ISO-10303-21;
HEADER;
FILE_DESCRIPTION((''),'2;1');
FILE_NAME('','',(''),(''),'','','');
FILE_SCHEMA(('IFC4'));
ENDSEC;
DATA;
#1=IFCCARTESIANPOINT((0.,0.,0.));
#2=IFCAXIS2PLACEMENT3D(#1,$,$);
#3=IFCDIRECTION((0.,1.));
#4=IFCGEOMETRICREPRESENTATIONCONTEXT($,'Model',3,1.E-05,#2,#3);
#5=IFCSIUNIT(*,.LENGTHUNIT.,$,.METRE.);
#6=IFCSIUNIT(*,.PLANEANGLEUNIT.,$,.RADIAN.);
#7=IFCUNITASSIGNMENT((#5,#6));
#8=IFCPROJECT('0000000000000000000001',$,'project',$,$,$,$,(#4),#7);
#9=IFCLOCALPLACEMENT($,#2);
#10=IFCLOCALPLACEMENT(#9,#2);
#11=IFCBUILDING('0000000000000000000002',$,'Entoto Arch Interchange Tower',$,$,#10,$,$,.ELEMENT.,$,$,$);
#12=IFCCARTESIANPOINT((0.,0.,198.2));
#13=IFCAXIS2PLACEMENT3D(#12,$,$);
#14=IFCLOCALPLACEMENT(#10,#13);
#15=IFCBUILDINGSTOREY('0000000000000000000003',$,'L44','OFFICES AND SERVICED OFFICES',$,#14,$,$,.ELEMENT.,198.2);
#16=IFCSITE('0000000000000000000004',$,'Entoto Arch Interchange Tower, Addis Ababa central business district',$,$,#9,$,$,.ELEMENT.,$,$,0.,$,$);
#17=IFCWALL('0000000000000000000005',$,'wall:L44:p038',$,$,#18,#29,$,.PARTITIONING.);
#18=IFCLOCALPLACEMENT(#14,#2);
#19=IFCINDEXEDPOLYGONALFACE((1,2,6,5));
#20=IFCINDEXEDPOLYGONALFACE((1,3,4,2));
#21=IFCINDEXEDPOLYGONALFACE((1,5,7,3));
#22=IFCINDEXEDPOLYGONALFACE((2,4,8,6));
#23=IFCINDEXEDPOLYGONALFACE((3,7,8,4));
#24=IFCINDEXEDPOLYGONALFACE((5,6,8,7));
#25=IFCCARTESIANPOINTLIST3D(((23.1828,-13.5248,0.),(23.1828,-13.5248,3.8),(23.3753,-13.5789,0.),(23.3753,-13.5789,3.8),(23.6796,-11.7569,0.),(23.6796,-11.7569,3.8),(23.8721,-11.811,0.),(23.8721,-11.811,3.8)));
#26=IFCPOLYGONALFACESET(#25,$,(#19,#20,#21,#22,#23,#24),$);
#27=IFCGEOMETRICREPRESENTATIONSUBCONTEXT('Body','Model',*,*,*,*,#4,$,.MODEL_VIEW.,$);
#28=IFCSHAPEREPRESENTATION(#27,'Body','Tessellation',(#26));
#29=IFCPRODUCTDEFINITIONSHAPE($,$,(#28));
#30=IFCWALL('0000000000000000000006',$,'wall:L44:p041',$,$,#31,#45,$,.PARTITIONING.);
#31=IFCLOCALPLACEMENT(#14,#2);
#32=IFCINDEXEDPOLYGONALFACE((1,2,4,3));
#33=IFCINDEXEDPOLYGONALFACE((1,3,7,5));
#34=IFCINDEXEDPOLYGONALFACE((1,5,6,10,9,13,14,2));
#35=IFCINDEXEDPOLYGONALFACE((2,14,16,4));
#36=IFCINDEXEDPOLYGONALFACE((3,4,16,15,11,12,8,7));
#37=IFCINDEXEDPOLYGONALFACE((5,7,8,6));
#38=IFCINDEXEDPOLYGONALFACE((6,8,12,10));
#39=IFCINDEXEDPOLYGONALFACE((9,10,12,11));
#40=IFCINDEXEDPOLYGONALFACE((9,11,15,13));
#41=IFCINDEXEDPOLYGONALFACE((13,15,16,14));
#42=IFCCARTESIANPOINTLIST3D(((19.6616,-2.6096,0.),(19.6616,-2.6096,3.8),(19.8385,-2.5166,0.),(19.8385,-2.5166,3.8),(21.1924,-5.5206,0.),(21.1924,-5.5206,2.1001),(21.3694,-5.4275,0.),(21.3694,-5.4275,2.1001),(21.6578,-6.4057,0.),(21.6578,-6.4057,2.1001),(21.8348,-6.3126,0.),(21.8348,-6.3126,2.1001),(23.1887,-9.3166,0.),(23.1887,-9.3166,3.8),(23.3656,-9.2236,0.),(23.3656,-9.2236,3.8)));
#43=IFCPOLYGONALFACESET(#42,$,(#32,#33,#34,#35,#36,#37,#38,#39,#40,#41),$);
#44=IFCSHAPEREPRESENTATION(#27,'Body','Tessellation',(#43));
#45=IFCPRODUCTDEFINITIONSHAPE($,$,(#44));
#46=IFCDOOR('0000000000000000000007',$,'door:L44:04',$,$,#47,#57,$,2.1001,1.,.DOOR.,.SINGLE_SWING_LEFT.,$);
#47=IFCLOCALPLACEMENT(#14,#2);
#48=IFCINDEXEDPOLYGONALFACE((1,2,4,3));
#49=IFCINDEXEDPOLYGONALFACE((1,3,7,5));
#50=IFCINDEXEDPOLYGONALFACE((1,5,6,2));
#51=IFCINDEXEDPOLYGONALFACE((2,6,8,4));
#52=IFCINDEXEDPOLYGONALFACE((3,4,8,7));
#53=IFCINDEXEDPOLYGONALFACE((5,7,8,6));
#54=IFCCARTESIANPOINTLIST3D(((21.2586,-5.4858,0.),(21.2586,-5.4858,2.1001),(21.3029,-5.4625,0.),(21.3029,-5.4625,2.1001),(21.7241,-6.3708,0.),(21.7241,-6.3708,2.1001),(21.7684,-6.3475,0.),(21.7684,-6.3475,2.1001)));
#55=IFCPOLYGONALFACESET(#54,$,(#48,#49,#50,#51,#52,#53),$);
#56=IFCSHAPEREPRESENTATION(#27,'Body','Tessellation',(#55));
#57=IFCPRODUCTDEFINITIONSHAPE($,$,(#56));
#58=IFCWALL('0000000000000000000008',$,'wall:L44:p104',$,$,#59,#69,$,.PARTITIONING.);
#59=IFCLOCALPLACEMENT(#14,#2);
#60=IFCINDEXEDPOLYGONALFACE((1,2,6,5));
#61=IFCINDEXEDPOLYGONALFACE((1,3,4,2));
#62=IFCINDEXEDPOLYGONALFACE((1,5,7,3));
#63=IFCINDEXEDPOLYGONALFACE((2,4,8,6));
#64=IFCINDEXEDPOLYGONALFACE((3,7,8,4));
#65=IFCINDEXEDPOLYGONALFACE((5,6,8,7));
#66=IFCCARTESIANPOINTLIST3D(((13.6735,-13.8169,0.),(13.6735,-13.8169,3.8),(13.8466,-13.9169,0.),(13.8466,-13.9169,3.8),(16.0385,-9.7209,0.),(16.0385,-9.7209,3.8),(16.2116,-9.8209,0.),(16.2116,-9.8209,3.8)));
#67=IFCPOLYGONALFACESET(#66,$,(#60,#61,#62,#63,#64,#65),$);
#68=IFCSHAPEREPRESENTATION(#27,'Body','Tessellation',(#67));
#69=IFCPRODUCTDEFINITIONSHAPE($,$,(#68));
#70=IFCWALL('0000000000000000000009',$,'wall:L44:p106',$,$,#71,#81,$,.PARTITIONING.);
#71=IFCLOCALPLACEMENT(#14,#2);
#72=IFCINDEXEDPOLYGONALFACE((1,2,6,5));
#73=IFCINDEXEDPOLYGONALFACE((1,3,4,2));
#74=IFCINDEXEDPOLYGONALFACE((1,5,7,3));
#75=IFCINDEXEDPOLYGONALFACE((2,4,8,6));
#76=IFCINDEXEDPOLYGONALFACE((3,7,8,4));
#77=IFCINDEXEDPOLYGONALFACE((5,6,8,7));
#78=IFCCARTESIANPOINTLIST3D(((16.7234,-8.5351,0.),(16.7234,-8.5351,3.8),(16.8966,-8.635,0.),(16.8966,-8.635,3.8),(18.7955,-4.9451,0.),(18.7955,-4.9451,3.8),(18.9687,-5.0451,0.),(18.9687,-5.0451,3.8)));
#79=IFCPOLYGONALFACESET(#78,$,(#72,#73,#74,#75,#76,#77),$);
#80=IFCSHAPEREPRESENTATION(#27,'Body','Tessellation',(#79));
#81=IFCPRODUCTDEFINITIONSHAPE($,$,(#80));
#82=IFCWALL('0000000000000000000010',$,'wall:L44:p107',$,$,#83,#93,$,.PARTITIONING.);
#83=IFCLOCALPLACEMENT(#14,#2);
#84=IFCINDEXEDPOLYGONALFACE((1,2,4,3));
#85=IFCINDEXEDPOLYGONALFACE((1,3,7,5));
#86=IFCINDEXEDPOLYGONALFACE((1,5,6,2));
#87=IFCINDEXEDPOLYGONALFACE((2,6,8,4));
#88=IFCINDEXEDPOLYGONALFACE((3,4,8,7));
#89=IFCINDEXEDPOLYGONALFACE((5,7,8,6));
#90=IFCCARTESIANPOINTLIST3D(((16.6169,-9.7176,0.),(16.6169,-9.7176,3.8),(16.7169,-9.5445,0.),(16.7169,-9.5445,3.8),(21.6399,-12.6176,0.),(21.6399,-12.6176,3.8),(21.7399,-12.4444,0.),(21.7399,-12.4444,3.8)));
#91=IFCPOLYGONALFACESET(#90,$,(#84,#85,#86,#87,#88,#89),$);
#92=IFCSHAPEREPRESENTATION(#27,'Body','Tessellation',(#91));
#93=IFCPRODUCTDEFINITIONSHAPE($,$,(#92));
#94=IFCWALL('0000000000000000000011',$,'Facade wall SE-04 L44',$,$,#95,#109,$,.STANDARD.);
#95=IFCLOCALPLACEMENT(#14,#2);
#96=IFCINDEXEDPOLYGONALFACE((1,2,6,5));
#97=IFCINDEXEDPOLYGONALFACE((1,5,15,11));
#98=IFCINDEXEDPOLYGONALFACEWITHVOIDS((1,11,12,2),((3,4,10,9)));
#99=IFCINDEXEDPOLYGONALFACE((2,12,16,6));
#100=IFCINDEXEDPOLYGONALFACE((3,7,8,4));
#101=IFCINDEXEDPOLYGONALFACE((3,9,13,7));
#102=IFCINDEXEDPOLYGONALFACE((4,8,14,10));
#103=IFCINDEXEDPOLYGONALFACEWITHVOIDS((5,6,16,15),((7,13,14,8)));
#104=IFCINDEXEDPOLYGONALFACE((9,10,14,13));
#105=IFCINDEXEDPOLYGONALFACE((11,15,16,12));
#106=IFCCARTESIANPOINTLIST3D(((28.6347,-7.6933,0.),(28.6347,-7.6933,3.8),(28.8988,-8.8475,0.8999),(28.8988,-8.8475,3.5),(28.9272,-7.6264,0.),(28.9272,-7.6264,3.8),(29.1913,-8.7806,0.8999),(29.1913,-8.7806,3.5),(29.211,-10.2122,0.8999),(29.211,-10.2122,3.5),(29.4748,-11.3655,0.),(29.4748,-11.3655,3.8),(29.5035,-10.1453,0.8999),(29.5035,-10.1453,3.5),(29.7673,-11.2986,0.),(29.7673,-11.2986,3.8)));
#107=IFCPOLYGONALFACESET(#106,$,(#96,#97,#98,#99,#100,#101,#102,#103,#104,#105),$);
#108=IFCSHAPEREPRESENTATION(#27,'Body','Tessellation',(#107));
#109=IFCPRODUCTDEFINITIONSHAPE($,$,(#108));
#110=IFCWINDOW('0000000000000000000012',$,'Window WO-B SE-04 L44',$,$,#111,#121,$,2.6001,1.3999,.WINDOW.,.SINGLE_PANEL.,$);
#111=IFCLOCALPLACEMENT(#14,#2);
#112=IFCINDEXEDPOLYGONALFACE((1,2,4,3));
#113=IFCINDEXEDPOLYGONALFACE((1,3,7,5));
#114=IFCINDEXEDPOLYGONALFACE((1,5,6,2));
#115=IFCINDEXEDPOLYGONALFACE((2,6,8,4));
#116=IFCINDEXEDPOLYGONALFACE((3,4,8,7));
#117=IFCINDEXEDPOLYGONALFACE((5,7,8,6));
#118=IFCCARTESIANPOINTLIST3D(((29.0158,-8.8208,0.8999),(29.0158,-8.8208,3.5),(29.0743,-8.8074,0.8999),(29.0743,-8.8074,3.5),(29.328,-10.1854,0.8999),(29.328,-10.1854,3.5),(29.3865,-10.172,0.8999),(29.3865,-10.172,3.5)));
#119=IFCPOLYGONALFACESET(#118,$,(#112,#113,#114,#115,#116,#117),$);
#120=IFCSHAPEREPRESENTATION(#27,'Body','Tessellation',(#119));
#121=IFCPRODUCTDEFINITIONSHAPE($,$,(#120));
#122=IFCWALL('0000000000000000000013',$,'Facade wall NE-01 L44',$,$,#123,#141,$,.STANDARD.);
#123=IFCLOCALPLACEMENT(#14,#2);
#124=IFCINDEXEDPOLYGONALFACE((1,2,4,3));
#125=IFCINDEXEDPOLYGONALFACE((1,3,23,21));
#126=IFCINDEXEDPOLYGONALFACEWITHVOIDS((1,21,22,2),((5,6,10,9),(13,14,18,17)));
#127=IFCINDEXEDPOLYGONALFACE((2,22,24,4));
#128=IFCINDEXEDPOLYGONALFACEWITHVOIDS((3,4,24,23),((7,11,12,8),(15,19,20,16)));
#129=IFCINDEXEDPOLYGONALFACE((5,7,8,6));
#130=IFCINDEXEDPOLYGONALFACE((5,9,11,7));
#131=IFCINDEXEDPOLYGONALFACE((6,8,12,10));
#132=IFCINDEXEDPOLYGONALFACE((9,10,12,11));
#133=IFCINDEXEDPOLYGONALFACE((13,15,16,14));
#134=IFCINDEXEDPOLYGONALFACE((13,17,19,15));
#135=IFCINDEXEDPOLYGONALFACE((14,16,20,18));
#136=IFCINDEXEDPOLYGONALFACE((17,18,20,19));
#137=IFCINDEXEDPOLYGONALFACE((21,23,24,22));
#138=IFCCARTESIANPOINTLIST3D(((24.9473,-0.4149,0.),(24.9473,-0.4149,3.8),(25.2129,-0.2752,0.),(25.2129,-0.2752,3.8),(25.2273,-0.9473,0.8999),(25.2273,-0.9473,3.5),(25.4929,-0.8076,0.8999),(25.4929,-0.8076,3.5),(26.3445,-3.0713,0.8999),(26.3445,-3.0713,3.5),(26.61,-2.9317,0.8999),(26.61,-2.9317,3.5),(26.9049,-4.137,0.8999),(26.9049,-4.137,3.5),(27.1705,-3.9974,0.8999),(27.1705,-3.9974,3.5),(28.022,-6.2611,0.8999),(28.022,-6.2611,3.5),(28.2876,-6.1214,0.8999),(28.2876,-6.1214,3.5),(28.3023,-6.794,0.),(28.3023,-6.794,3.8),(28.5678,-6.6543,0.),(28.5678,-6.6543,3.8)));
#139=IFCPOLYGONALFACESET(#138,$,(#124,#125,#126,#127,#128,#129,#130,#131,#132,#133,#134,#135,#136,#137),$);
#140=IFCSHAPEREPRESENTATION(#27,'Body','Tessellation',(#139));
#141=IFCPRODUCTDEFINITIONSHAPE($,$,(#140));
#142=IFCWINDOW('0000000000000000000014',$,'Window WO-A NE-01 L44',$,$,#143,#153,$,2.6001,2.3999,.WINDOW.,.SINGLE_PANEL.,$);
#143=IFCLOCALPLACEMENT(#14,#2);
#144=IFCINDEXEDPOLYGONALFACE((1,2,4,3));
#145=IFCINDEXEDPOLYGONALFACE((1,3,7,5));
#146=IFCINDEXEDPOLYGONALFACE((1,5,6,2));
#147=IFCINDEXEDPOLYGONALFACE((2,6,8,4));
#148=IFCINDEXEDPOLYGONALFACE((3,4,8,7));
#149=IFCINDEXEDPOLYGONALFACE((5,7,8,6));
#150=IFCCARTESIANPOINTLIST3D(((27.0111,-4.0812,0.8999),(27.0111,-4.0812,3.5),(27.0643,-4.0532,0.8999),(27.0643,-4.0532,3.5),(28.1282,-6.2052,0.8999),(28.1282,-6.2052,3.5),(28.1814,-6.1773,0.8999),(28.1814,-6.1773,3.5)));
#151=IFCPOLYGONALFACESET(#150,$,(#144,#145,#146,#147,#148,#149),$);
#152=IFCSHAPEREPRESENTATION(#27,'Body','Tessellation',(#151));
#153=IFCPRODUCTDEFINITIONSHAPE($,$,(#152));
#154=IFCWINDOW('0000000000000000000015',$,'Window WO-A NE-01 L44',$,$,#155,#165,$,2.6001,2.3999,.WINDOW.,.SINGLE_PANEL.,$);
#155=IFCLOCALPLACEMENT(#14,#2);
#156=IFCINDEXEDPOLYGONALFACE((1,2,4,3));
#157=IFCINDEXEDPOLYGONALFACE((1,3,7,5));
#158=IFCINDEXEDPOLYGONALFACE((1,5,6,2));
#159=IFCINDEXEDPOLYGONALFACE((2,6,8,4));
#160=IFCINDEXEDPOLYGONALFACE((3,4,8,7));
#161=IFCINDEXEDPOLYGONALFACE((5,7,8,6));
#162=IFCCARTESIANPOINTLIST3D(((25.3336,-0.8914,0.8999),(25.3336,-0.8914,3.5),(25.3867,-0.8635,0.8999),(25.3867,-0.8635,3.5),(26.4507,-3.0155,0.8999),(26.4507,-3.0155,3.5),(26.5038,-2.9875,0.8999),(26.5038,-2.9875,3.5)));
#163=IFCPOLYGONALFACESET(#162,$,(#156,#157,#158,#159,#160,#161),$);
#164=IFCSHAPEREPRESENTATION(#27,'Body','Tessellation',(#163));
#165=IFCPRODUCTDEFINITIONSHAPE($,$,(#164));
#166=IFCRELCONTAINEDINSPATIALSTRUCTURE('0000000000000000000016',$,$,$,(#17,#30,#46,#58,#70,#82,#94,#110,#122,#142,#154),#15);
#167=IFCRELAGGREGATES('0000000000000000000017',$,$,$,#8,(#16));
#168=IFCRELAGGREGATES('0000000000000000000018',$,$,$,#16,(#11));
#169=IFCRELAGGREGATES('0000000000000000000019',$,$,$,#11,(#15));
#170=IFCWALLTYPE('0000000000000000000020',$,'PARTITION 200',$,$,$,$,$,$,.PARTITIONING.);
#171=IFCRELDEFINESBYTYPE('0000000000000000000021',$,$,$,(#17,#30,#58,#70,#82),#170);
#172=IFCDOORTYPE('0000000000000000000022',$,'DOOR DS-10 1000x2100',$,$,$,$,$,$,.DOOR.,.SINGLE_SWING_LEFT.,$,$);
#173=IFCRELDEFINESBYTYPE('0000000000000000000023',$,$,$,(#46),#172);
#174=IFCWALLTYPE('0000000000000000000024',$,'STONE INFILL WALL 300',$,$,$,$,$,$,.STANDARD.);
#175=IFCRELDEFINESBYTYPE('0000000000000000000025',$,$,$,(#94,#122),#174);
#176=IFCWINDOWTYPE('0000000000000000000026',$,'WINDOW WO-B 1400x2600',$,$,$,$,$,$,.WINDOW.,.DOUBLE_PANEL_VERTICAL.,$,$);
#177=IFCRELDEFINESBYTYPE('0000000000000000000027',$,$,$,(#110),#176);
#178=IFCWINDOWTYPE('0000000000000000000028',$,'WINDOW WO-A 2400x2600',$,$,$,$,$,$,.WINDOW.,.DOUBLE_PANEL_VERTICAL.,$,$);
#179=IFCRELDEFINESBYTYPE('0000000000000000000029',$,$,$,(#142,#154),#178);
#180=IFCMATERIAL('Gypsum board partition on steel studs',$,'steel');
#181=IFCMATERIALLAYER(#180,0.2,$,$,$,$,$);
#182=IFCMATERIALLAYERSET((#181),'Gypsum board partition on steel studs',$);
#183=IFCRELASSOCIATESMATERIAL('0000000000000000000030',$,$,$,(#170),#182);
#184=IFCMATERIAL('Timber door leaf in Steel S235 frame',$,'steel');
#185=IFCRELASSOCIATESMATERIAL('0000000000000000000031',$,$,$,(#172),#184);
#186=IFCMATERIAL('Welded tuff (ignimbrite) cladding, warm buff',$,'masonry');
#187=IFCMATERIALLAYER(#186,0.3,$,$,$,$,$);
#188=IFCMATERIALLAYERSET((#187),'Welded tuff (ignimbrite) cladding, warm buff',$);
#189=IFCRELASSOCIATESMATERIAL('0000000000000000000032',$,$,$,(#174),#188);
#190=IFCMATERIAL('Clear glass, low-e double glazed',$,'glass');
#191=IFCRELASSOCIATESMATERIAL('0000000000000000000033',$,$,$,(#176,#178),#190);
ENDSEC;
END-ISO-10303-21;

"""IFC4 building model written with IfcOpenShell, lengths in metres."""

from ifc_helpers import new_model, si_unit, direction, frame, frame_2d, origin, place, context, subcontext, project, spatial, rectangle, extrude, material, layer, layer_set, type_object, element, fill, save


model = new_model("IFC4")

# Units and contexts
model_context = context("Model", 3, precision=1e-05, world=origin(), true_north=direction((0.0, 1.0)))
body_context = subcontext(model_context, "Body", "Model", "MODEL_VIEW")
ifc_project = project(units=[si_unit("LENGTHUNIT", "METRE"), si_unit("PLANEANGLEUNIT", "RADIAN")], contexts=[model_context])

# Site, building, storey
site_placement = place(None, origin())
site = spatial("IfcSite", under=ifc_project, at=site_placement, Name="Entoto Arch Interchange Tower, Addis Ababa central business district", CompositionType="ELEMENT", RefElevation=0.0)
building_placement = place(site_placement, origin())
building = spatial("IfcBuilding", under=site, at=building_placement, Name="Entoto Arch Interchange Tower", CompositionType="ELEMENT")
storey_placement = place(building_placement, frame((0.0, 0.0, 198.2)))
storey = spatial("IfcBuildingStorey", under=building, at=storey_placement, Name="L44", Description="OFFICES AND SERVICED OFFICES", CompositionType="ELEMENT", Elevation=198.2)

# Shared definitions
ifc_material_1 = material(Name="Gypsum board partition on steel studs", Category="steel")
ifc_layer_1 = layer(ifc_material_1, 0.2)
ifc_layer_set_1 = layer_set([ifc_layer_1], Name="Gypsum board partition on steel studs")
wall_type_1 = type_object("IfcWallType", Name="PARTITION 200", PredefinedType="PARTITIONING", material=ifc_layer_set_1)

# Shared definitions
ifc_material_2 = material(Name="Timber door leaf in Steel S235 frame", Category="steel")
door_type = type_object("IfcDoorType", Name="DOOR DS-10 1000x2100", OperationType="SINGLE_SWING_LEFT", PredefinedType="DOOR", material=ifc_material_2)

# Wall
wall_1_placement = place(storey_placement, frame((23.7759, -11.7839, 0.0), z_axis=(0.0, 0.0, 1.0), x_axis=(-0.270522, -0.962714, 0.0)))
element("IfcWall", 1, at=wall_1_placement, inside=storey, type_object=wall_type_1, Name="wall:L44:p038", PredefinedType="PARTITIONING", context=body_context, shape_type="SweptSolid", body=[
    extrude(rectangle(XDim=1.8364, YDim=0.2, at=frame_2d((0.9182, 0.0))), origin(), (0.0, 0.0, 1.0), 3.8),
])

# Wall, opening, door
wall_2_placement = place(storey_placement, frame((19.75, -2.563, 0.0), z_axis=(0.0, 0.0, 1.0), x_axis=(0.465445, -0.885077, 0.0)))
wall_2 = element("IfcWall", 2, at=wall_2_placement, inside=storey, type_object=wall_type_1, Name="wall:L44:p041", PredefinedType="PARTITIONING", context=body_context, shape_type="SweptSolid", body=[
    extrude(rectangle(XDim=7.5779, YDim=0.2, at=frame_2d((3.7891, 0.0))), origin(), (0.0, 0.0, 1.0), 3.8),
])
opening_1_placement = place(wall_2_placement, frame((3.2891, 0.0, 0.0)))
opening_1 = element("IfcOpeningElement", 3, at=opening_1_placement, cuts=wall_2, PredefinedType="OPENING", context=body_context, shape_type="SweptSolid", body=[
    extrude(rectangle(XDim=1.0, YDim=2.1001, at=frame_2d((0.5, 1.05))), frame((0.0, 0.1099, 0.0), z_axis=(0.0, -1.0, 0.0), x_axis=(1.0, 0.0, 0.0)), (0.0, 0.0, 1.0), 0.22),
])
door_1_placement = place(opening_1_placement, origin())
door_1 = element("IfcDoor", 4, at=door_1_placement, inside=storey, type_object=door_type, Name="door:L44:04", OperationType="SINGLE_SWING_LEFT", OverallHeight=2.1001, OverallWidth=1.0, PredefinedType="DOOR", context=body_context, shape_type="SweptSolid", body=[
    extrude(rectangle(XDim=1.0, YDim=2.1001, at=frame_2d((0.5, 1.05))), frame((0.0, 0.0249, 0.0), z_axis=(0.0, -1.0, 0.0), x_axis=(1.0, 0.0, 0.0)), (0.0, 0.0, 1.0), 0.05),
])
fill(opening_1, door_1)

# Walls
wall_3_placement = place(storey_placement, frame((16.125, -9.771, 0.0), z_axis=(0.0, 0.0, 1.0), x_axis=(-0.500031, -0.866008, 0.0)))
element("IfcWall", 5, at=wall_3_placement, inside=storey, type_object=wall_type_1, Name="wall:L44:p104", PredefinedType="PARTITIONING", context=body_context, shape_type="SweptSolid", body=[
    extrude(rectangle(XDim=4.7297, YDim=0.2, at=frame_2d((2.3647, 0.0))), origin(), (0.0, 0.0, 1.0), 3.8),
])
wall_4_placement = place(storey_placement, frame((18.8821, -4.9951, 0.0), z_axis=(0.0, 0.0, 1.0), x_axis=(-0.499896, -0.866086, 0.0)))
element("IfcWall", 6, at=wall_4_placement, inside=storey, type_object=wall_type_1, Name="wall:L44:p106", PredefinedType="PARTITIONING", context=body_context, shape_type="SweptSolid", body=[
    extrude(rectangle(XDim=4.145, YDim=0.2, at=frame_2d((2.0725, 0.0))), origin(), (0.0, 0.0, 1.0), 3.8),
])
wall_5_placement = place(storey_placement, frame((16.667, -9.6311, 0.0), z_axis=(0.0, 0.0, 1.0), x_axis=(0.866033, -0.499987, 0.0)))
element("IfcWall", 7, at=wall_5_placement, inside=storey, type_object=wall_type_1, Name="wall:L44:p107", PredefinedType="PARTITIONING", context=body_context, shape_type="SweptSolid", body=[
    extrude(rectangle(XDim=5.8, YDim=0.2, at=frame_2d((2.8999, 0.0))), origin(), (0.0, 0.0, 1.0), 3.8),
])

# Wall, opening, window
ifc_material_3 = material(Name="Welded tuff (ignimbrite) cladding, warm buff", Category="masonry")
ifc_layer_2 = layer(ifc_material_3, 0.3)
ifc_layer_set_2 = layer_set([ifc_layer_2], Name="Welded tuff (ignimbrite) cladding, warm buff")
wall_type_2 = type_object("IfcWallType", Name="STONE INFILL WALL 300", PredefinedType="STANDARD", material=ifc_layer_set_2)
wall_6_placement = place(storey_placement, frame((29.6211, -11.332, 0.0), z_axis=(0.0, 0.0, 1.0), x_axis=(-0.223013, 0.974815, 0.0)))
wall_6 = element("IfcWall", 8, at=wall_6_placement, inside=storey, type_object=wall_type_2, Name="Facade wall SE-04 L44", PredefinedType="STANDARD", context=body_context, shape_type="SweptSolid", body=[
    extrude(rectangle(XDim=3.7671, YDim=0.3, at=frame_2d((1.8835, 0.0))), origin(), (0.0, 0.0, 1.0), 3.8),
])
opening_2_placement = place(wall_6_placement, frame((1.1831, 0.0, 0.8999)))
opening_2 = element("IfcOpeningElement", 9, at=opening_2_placement, cuts=wall_6, PredefinedType="OPENING", context=body_context, shape_type="SweptSolid", body=[
    extrude(rectangle(XDim=1.3999, YDim=2.6001, at=frame_2d((0.7, 1.3))), frame((0.0, 0.1602, 0.0), z_axis=(0.0, -1.0, 0.0), x_axis=(1.0, 0.0, 0.0)), (0.0, 0.0, 1.0), 0.3201),
])
ifc_material_4 = material(Name="Clear glass, low-e double glazed", Category="glass")
window_type_1 = type_object("IfcWindowType", Name="WINDOW WO-B 1400x2600", PartitioningType="DOUBLE_PANEL_VERTICAL", PredefinedType="WINDOW", material=ifc_material_4)
window_1_placement = place(opening_2_placement, origin())
window_1 = element("IfcWindow", 10, at=window_1_placement, inside=storey, type_object=window_type_1, Name="Window WO-B SE-04 L44", OverallHeight=2.6001, OverallWidth=1.3999, PartitioningType="SINGLE_PANEL", PredefinedType="WINDOW", context=body_context, shape_type="SweptSolid", body=[
    extrude(rectangle(XDim=1.3999, YDim=2.6001, at=frame_2d((0.7, 1.3))), frame((0.0, 0.03, 0.0), z_axis=(0.0, -1.0, 0.0), x_axis=(1.0, 0.0, 0.0)), (0.0, 0.0, 1.0), 0.0601),
])
fill(opening_2, window_1)

# Wall, openings, windows
wall_7_placement = place(storey_placement, frame((28.4351, -6.7241, 0.0), z_axis=(0.0, 0.0, 1.0), x_axis=(-0.465478, 0.885059, 0.0)))
wall_7 = element("IfcWall", 11, at=wall_7_placement, inside=storey, type_object=wall_type_2, Name="Facade wall NE-01 L44", PredefinedType="STANDARD", context=body_context, shape_type="SweptSolid", body=[
    extrude(rectangle(XDim=7.2075, YDim=0.3, at=frame_2d((3.6038, 0.0))), origin(), (0.0, 0.0, 1.0), 3.8),
])
opening_3_placement = place(wall_7_placement, frame((0.6021, 0.0, 0.8999)))
opening_3 = element("IfcOpeningElement", 12, at=opening_3_placement, cuts=wall_7, PredefinedType="OPENING", context=body_context, shape_type="SweptSolid", body=[
    extrude(rectangle(XDim=2.3999, YDim=2.6001, at=frame_2d((1.2, 1.3))), frame((0.0, 0.1602, 0.0), z_axis=(0.0, -1.0, 0.0), x_axis=(1.0, 0.0, 0.0)), (0.0, 0.0, 1.0), 0.3201),
])
opening_4_placement = place(wall_7_placement, frame((4.2061, 0.0, 0.8999)))
opening_4 = element("IfcOpeningElement", 13, at=opening_4_placement, cuts=wall_7, PredefinedType="OPENING", context=body_context, shape_type="SweptSolid", body=[
    extrude(rectangle(XDim=2.3999, YDim=2.6001, at=frame_2d((1.2, 1.3))), frame((0.0, 0.1602, 0.0), z_axis=(0.0, -1.0, 0.0), x_axis=(1.0, 0.0, 0.0)), (0.0, 0.0, 1.0), 0.3201),
])
window_type_2 = type_object("IfcWindowType", Name="WINDOW WO-A 2400x2600", PartitioningType="DOUBLE_PANEL_VERTICAL", PredefinedType="WINDOW", material=ifc_material_4)
window_2_placement = place(opening_3_placement, origin())
window_2 = element("IfcWindow", 14, at=window_2_placement, inside=storey, type_object=window_type_2, Name="Window WO-A NE-01 L44", OverallHeight=2.6001, OverallWidth=2.3999, PartitioningType="SINGLE_PANEL", PredefinedType="WINDOW", context=body_context, shape_type="SweptSolid", body=[
    extrude(rectangle(XDim=2.3999, YDim=2.6001, at=frame_2d((1.2, 1.3))), frame((0.0, 0.03, 0.0), z_axis=(0.0, -1.0, 0.0), x_axis=(1.0, 0.0, 0.0)), (0.0, 0.0, 1.0), 0.0601),
])
fill(opening_3, window_2)
window_3_placement = place(opening_4_placement, origin())
window_3 = element("IfcWindow", 15, at=window_3_placement, inside=storey, type_object=window_type_2, Name="Window WO-A NE-01 L44", OverallHeight=2.6001, OverallWidth=2.3999, PartitioningType="SINGLE_PANEL", PredefinedType="WINDOW", context=body_context, shape_type="SweptSolid", body=[
    extrude(rectangle(XDim=2.3999, YDim=2.6001, at=frame_2d((1.2, 1.3))), frame((0.0, 0.03, 0.0), z_axis=(0.0, -1.0, 0.0), x_axis=(1.0, 0.0, 0.0)), (0.0, 0.0, 1.0), 0.0601),
])
fill(opening_4, window_3)

save(model, "model.ifc")
